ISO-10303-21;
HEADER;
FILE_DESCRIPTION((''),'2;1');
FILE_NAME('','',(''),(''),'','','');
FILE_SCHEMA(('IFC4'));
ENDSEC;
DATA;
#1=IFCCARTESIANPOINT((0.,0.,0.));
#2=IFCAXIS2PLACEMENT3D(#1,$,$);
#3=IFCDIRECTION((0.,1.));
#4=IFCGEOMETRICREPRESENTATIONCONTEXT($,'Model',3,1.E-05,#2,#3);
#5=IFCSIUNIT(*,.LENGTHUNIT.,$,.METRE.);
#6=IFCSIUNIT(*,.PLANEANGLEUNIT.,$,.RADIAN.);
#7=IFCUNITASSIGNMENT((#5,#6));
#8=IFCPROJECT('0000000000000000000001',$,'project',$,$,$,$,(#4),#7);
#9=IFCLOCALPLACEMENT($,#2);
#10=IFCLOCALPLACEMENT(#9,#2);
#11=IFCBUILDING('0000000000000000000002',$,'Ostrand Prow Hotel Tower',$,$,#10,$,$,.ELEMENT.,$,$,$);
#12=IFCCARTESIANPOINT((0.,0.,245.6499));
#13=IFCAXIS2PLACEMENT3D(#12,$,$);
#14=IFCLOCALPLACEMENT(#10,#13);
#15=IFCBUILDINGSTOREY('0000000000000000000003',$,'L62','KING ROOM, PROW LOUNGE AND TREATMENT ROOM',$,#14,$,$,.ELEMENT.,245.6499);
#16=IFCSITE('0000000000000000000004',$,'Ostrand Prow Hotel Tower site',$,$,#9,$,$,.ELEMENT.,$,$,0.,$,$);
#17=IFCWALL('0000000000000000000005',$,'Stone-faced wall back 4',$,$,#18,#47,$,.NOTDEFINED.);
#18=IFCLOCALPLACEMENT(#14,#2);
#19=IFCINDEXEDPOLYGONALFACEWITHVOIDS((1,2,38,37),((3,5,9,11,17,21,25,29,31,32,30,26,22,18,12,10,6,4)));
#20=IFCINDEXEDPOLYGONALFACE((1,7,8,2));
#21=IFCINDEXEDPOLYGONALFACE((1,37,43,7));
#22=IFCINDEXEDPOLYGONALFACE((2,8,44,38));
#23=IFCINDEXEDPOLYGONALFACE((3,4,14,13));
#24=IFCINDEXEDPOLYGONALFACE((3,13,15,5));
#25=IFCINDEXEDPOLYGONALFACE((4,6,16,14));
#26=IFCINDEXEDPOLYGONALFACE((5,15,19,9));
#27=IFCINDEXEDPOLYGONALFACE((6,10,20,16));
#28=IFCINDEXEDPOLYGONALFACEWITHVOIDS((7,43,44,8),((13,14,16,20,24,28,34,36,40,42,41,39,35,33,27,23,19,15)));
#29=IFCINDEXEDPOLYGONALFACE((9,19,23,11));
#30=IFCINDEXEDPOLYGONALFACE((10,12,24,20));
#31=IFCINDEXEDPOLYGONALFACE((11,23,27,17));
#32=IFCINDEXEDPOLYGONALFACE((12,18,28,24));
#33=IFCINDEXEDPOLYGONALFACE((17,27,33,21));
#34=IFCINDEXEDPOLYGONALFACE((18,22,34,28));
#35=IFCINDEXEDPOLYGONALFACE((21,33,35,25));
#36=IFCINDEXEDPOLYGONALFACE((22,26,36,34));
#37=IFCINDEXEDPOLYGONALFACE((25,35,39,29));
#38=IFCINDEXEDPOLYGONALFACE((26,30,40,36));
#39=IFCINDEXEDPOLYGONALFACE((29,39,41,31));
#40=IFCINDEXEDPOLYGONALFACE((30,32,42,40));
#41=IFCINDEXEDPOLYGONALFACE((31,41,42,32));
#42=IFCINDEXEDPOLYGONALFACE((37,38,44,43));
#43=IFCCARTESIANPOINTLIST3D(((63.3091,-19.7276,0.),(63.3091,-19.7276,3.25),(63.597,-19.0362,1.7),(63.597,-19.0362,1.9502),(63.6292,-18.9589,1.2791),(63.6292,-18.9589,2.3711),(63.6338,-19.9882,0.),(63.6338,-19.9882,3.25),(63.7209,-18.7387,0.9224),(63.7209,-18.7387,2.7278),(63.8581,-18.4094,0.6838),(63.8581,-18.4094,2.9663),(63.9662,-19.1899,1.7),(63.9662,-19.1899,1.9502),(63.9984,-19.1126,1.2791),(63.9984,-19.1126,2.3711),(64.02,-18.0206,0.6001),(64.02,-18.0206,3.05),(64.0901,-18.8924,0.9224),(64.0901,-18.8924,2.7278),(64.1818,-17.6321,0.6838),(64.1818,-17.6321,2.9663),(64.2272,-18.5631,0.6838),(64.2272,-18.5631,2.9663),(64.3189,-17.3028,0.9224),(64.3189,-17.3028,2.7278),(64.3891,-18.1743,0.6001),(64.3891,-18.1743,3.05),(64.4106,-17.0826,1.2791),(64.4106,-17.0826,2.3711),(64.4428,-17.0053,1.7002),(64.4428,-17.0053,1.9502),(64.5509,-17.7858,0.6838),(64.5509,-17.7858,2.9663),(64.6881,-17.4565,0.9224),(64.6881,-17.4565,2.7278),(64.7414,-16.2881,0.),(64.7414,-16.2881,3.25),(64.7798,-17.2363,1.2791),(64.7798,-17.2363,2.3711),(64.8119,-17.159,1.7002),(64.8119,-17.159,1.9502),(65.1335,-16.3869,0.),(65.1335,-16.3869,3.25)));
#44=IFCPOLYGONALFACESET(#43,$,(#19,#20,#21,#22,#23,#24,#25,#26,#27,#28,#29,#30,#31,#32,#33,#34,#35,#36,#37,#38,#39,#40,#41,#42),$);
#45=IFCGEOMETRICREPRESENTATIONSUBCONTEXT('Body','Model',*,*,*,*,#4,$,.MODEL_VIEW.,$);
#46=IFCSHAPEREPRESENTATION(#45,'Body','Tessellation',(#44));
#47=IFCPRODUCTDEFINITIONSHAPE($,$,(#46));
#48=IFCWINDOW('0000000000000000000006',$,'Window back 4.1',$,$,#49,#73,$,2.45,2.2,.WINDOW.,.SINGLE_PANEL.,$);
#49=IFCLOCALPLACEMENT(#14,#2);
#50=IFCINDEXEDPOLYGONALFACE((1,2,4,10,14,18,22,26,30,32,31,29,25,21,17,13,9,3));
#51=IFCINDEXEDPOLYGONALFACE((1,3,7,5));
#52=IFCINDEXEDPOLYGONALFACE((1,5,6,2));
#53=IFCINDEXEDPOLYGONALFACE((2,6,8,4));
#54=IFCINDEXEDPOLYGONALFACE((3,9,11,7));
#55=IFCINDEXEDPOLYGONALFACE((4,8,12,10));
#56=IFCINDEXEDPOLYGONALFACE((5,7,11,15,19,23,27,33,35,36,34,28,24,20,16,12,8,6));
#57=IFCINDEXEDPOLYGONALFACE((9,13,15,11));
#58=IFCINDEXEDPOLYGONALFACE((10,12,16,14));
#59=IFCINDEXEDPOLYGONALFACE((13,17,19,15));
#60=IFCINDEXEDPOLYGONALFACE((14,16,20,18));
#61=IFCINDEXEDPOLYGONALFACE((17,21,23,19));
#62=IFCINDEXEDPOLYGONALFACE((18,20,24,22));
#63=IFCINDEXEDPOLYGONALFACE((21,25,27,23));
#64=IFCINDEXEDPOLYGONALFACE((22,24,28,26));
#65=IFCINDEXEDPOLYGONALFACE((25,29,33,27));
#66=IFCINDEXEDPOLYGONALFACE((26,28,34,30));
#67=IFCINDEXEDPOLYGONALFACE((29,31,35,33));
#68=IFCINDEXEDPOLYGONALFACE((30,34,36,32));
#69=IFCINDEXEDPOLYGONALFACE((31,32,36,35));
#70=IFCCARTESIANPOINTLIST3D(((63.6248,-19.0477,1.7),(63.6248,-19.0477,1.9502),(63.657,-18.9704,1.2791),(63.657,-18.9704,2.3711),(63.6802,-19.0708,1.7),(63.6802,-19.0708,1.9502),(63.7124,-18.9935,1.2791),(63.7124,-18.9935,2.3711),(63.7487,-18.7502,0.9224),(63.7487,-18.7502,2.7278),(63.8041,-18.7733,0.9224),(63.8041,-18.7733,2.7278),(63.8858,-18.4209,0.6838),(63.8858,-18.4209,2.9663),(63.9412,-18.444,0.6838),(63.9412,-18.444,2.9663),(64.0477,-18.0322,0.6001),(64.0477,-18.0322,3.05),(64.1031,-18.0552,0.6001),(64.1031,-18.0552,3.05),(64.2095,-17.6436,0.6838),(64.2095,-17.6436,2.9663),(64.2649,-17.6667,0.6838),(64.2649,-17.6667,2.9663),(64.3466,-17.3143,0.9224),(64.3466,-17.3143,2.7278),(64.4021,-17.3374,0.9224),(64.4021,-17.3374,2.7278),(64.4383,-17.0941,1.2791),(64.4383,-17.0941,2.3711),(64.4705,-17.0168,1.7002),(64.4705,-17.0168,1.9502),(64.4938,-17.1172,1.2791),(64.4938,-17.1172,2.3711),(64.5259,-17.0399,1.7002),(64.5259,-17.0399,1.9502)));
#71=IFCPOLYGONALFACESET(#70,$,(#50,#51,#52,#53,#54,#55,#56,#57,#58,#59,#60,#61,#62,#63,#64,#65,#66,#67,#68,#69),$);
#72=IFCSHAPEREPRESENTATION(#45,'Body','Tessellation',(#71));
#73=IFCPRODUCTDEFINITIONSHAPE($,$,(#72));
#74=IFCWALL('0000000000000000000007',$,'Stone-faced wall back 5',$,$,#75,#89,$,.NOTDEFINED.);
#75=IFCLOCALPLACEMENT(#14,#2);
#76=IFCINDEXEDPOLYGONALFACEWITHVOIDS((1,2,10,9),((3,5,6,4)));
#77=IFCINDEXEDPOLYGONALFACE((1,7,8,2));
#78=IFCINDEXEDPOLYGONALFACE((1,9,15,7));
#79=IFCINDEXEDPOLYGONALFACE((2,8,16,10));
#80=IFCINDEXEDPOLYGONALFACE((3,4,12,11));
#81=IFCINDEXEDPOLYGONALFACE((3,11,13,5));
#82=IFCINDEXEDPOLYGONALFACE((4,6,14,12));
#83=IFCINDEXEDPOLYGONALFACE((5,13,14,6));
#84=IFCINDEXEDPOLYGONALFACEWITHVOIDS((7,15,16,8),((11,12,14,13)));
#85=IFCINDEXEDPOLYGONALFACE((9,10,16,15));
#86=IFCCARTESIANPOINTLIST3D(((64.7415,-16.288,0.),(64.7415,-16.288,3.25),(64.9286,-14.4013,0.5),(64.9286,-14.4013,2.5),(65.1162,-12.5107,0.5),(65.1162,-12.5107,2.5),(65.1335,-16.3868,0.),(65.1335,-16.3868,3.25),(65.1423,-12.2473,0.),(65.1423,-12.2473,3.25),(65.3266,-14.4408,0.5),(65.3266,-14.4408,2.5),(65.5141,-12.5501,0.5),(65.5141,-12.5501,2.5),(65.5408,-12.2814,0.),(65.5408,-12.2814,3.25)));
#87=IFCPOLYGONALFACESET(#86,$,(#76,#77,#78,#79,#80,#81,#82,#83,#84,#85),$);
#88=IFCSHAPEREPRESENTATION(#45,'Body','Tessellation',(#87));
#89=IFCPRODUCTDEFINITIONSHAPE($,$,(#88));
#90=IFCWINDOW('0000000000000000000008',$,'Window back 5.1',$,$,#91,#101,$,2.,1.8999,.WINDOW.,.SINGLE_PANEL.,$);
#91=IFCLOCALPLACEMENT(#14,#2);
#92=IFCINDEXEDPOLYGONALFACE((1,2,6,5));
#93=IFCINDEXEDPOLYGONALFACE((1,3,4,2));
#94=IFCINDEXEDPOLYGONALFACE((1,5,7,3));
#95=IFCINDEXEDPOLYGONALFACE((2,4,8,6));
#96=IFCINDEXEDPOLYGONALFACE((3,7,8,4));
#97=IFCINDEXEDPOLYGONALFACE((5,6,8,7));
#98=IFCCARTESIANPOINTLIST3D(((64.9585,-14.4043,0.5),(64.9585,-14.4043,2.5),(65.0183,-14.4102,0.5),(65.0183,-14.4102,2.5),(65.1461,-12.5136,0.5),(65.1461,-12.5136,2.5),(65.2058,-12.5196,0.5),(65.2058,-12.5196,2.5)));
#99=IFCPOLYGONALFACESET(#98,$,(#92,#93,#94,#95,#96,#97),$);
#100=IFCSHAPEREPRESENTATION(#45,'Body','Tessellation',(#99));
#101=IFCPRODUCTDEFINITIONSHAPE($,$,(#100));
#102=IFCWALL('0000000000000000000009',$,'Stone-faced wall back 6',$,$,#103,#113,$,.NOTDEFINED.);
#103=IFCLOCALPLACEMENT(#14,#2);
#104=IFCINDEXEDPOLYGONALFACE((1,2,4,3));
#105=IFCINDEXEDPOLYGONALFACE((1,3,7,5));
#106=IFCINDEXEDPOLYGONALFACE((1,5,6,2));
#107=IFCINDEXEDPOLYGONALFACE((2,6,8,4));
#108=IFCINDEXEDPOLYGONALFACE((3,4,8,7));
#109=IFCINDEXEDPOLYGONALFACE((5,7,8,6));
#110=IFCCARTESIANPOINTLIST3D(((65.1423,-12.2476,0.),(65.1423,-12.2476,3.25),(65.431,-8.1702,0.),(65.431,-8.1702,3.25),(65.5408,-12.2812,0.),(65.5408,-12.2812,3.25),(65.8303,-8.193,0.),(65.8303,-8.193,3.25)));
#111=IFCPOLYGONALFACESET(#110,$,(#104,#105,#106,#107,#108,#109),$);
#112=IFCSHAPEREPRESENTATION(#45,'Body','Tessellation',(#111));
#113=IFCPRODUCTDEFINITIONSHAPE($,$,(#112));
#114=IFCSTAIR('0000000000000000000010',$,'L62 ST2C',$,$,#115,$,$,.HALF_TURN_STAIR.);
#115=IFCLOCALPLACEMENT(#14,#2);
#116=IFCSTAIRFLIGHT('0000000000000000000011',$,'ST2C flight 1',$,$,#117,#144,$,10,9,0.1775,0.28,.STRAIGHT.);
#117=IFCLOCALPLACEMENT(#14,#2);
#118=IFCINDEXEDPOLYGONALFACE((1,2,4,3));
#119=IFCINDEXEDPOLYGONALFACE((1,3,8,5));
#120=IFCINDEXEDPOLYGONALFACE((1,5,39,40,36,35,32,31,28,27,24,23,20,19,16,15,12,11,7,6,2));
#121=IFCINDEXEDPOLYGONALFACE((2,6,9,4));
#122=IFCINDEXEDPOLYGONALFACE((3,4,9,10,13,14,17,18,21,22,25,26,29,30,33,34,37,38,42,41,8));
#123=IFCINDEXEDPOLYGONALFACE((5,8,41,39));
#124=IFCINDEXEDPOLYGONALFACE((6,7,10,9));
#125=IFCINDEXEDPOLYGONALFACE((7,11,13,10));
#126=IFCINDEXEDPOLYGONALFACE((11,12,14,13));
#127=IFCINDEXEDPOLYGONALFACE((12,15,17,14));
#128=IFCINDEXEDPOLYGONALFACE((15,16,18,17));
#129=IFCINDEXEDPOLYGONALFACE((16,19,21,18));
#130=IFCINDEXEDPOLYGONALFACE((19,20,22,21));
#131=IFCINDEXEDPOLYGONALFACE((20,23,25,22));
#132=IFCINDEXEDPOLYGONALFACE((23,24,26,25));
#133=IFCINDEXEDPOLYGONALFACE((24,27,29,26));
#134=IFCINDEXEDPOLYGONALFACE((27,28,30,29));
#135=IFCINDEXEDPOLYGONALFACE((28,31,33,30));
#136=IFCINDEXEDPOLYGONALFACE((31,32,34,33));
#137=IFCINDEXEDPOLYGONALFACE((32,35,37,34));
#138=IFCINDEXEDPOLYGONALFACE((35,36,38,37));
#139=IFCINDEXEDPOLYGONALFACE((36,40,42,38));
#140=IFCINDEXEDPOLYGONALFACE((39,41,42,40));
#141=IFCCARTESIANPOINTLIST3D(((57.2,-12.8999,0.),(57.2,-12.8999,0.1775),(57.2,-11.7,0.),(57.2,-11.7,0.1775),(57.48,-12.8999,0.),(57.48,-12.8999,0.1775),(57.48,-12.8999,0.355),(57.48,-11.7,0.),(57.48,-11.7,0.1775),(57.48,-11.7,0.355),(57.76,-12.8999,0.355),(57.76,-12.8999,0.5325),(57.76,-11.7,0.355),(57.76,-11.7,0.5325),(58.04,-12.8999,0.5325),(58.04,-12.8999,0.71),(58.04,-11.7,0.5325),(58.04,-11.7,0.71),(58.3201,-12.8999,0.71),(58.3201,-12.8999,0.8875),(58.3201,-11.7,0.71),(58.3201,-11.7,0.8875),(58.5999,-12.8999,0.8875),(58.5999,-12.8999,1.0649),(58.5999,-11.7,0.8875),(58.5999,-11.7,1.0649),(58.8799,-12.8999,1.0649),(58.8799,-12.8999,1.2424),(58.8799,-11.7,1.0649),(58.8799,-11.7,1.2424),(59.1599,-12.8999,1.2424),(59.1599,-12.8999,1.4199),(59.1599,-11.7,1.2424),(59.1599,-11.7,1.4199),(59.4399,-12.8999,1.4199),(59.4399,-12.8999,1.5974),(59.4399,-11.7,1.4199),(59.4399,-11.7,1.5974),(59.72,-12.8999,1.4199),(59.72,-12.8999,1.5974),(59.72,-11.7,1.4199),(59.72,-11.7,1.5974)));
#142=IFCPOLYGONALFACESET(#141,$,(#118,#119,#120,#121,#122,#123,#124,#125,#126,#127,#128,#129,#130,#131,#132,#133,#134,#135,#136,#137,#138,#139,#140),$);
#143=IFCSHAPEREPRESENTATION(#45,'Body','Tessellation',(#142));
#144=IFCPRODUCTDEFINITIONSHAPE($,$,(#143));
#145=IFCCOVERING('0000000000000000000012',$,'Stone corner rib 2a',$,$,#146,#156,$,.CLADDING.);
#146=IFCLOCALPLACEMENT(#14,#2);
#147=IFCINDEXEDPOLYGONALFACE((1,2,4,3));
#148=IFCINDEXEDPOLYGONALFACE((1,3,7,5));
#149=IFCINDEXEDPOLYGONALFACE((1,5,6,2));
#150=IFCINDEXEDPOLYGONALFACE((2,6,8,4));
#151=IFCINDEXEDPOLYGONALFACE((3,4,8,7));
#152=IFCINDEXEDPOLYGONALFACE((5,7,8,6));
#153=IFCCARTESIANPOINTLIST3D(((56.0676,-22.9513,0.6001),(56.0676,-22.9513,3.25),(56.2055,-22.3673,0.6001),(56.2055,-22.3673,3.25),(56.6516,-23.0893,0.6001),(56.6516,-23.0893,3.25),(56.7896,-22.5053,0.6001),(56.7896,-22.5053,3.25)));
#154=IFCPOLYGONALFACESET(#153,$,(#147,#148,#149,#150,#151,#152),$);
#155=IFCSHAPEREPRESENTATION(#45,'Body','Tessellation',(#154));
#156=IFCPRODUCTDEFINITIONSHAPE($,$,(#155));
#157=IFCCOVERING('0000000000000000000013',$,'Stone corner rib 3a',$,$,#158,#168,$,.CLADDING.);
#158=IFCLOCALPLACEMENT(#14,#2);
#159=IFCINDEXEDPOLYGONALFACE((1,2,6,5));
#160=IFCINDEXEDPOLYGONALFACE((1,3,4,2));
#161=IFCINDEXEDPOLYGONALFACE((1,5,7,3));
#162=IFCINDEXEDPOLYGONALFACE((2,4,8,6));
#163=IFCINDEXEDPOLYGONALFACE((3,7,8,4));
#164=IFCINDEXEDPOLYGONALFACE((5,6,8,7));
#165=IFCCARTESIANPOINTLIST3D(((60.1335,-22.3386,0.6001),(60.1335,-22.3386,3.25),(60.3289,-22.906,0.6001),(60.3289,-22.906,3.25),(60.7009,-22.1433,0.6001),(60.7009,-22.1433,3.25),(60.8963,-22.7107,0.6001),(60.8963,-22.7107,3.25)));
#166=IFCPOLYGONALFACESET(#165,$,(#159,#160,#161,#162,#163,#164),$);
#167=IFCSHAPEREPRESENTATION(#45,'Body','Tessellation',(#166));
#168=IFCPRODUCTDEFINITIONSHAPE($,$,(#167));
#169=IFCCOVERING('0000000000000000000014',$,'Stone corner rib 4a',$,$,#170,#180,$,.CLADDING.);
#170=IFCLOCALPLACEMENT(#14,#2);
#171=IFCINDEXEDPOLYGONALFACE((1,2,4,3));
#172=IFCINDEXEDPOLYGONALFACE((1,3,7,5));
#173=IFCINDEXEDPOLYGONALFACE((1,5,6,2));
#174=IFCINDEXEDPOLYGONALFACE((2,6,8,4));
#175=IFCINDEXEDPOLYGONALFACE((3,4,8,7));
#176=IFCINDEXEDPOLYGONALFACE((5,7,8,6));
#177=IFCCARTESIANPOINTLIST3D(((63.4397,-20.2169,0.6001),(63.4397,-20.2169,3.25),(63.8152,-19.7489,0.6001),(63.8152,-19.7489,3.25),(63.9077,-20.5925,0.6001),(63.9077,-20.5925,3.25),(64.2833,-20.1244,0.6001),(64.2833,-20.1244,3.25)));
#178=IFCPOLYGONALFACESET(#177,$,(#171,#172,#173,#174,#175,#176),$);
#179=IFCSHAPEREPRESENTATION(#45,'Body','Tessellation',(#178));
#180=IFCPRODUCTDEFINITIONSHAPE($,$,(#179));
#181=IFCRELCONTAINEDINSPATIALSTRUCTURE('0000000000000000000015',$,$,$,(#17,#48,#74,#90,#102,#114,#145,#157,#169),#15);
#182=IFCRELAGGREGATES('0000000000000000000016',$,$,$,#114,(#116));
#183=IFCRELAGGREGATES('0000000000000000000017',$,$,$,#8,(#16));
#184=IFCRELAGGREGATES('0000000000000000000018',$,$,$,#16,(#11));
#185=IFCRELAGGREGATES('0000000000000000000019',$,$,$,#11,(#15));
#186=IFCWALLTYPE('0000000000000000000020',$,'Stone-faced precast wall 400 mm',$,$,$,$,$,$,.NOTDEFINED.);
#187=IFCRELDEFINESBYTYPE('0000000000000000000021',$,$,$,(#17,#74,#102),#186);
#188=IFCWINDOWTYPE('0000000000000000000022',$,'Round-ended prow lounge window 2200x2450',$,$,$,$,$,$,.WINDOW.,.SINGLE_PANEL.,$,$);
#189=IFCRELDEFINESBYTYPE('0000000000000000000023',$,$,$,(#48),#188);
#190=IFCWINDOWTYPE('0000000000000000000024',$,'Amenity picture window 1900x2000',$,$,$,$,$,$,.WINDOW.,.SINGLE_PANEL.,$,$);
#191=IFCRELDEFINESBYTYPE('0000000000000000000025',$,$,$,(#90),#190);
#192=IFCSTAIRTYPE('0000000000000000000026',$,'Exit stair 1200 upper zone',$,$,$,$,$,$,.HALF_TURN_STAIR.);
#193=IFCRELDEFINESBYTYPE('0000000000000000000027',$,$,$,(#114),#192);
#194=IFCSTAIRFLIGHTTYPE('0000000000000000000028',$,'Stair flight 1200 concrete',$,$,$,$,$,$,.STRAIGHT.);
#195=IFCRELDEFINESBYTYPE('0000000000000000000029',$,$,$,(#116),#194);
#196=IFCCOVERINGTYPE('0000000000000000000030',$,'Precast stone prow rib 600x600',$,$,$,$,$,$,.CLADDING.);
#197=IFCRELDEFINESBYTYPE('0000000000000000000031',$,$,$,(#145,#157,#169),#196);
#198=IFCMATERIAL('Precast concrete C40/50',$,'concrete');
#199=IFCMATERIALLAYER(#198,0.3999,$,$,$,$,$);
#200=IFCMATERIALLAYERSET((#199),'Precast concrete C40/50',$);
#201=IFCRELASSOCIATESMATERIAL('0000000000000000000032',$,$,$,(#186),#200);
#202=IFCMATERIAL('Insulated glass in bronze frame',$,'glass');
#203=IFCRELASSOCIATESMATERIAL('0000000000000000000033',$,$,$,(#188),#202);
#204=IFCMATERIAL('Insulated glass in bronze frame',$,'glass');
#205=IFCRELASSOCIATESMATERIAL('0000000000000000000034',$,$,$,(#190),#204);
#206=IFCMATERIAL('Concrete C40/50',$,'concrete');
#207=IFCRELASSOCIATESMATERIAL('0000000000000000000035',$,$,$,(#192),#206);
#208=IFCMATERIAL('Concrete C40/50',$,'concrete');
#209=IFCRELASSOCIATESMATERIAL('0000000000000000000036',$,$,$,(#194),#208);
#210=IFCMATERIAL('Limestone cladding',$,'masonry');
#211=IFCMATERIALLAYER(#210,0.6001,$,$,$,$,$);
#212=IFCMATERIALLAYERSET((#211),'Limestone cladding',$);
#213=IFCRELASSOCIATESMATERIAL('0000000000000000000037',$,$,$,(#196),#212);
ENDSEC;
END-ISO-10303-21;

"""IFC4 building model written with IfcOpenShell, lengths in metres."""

from ifc_helpers import new_model, si_unit, direction, frame, frame_2d, origin, place, context, subcontext, project, spatial, polyline, rectangle, outline, extrude, material, layer, layer_set, type_object, element, fill, aggregate, save


model = new_model("IFC4")

# Units and contexts
model_context = context("Model", 3, precision=1e-05, world=origin(), true_north=direction((0.0, 1.0)))
body_context = subcontext(model_context, "Body", "Model", "MODEL_VIEW")
ifc_project = project(units=[si_unit("LENGTHUNIT", "METRE"), si_unit("PLANEANGLEUNIT", "RADIAN")], contexts=[model_context])

# Site, building, storey
site_placement = place(None, origin())
site = spatial("IfcSite", under=ifc_project, at=site_placement, Name="Ostrand Prow Hotel Tower site", CompositionType="ELEMENT", RefElevation=0.0)
building_placement = place(site_placement, origin())
building = spatial("IfcBuilding", under=site, at=building_placement, Name="Ostrand Prow Hotel Tower", CompositionType="ELEMENT")
storey_placement = place(building_placement, frame((0.0, 0.0, 245.6499)))
storey = spatial("IfcBuildingStorey", under=building, at=storey_placement, Name="L62", Description="KING ROOM, PROW LOUNGE AND TREATMENT ROOM", CompositionType="ELEMENT", Elevation=245.6499)

# Walls, openings, windows
ifc_material_1 = material(Name="Precast concrete C40/50", Category="concrete")
ifc_layer_1 = layer(ifc_material_1, 0.3999)
ifc_layer_set_1 = layer_set([ifc_layer_1], Name="Precast concrete C40/50")
wall_type_1 = type_object("IfcWallType", Name="Stone-faced precast wall 400 mm", PredefinedType="NOTDEFINED", material=ifc_layer_set_1)
ifc_material_2 = material(Name="Insulated glass in bronze frame", Category="glass")
window_type_1 = type_object("IfcWindowType", Name="Round-ended prow lounge window 2200x2450", PartitioningType="SINGLE_PANEL", PredefinedType="WINDOW", material=ifc_material_2)
wall_1_placement = place(storey_placement, frame((63.4714, -19.8579, 0.0), z_axis=(0.0, 0.0, 1.0), x_axis=(0.384434, 0.923153, 0.0)))
wall_1 = element("IfcWall", 1, at=wall_1_placement, inside=storey, type_object=wall_type_1, Name="Stone-faced wall back 4", PredefinedType="NOTDEFINED", context=body_context, shape_type="SweptSolid", body=[
    extrude(outline(polyline([(-0.0579, -0.2), (3.8433, -0.2), (3.7837, 0.2), (0.0579, 0.2), (-0.0579, -0.2)])), origin(), (0.0, 0.0, 1.0), 3.25),
])
opening_1_placement = place(wall_1_placement, frame((0.8069, 0.0, 0.6001)))
opening_1 = element("IfcOpeningElement", 2, at=opening_1_placement, cuts=wall_1, PredefinedType="OPENING", context=body_context, shape_type="SweptSolid", body=[
    extrude(outline(polyline([(0.0, 1.3501), (0.0837, 1.771), (0.3223, 2.1277), (0.679, 2.3662), (1.1001, 2.45), (1.521, 2.3662), (1.8777, 2.1277), (2.1162, 1.771), (2.2, 1.3501), (2.2, 1.1001), (2.1162, 0.679), (1.8777, 0.3223), (1.521, 0.0837), (1.1001, 0.0), (0.679, 0.0837), (0.3223, 0.3223), (0.0837, 0.679), (0.0, 1.0999), (0.0, 1.3501)])), frame((0.0, 0.21, 0.0), z_axis=(0.0, -1.0, 0.0), x_axis=(1.0, 0.0, 0.0)), (0.0, 0.0, 1.0), 0.4199),
])
window_1_placement = place(opening_1_placement, origin())
window_1 = element("IfcWindow", 3, at=window_1_placement, inside=storey, type_object=window_type_1, Name="Window back 4.1", OverallHeight=2.45, OverallWidth=2.2, PartitioningType="SINGLE_PANEL", PredefinedType="WINDOW", context=body_context, shape_type="SweptSolid", body=[
    extrude(outline(polyline([(0.0, 1.3501), (0.0837, 1.771), (0.3223, 2.1277), (0.679, 2.3662), (1.1001, 2.45), (1.521, 2.3662), (1.8777, 2.1277), (2.1162, 1.771), (2.2, 1.3501), (2.2, 1.1001), (2.1162, 0.679), (1.8777, 0.3223), (1.521, 0.0837), (1.1001, 0.0), (0.679, 0.0837), (0.3223, 0.3223), (0.0837, 0.679), (0.0, 1.0999), (0.0, 1.3501)])), frame((0.0, 0.1699, 0.0), z_axis=(0.0, -1.0, 0.0), x_axis=(1.0, 0.0, 0.0)), (0.0, 0.0, 1.0), 0.0601),
])
fill(opening_1, window_1)
wall_2_placement = place(storey_placement, frame((64.9375, -16.3374, 0.0), z_axis=(0.0, 0.0, 1.0), x_axis=(0.098718, 0.995115, 0.0)))
wall_2 = element("IfcWall", 4, at=wall_2_placement, inside=storey, type_object=wall_type_1, Name="Stone-faced wall back 5", PredefinedType="NOTDEFINED", context=body_context, shape_type="SweptSolid", body=[
    extrude(outline(polyline([(-0.0298, -0.2), (4.0957, -0.2), (4.0903, 0.2), (0.0298, 0.2), (-0.0298, -0.2)])), origin(), (0.0, 0.0, 1.0), 3.25),
])
opening_2_placement = place(wall_2_placement, frame((1.9258, 0.0, 0.5)))
opening_2 = element("IfcOpeningElement", 5, at=opening_2_placement, cuts=wall_2, PredefinedType="OPENING", context=body_context, shape_type="SweptSolid", body=[
    extrude(rectangle(XDim=1.8999, YDim=2.0, at=frame_2d((0.95, 1.0))), frame((0.0, 0.21, 0.0), z_axis=(0.0, -1.0, 0.0), x_axis=(1.0, 0.0, 0.0)), (0.0, 0.0, 1.0), 0.4199),
])
ifc_material_3 = material(Name="Insulated glass in bronze frame", Category="glass")
window_type_2 = type_object("IfcWindowType", Name="Amenity picture window 1900x2000", PartitioningType="SINGLE_PANEL", PredefinedType="WINDOW", material=ifc_material_3)
window_2_placement = place(opening_2_placement, origin())
window_2 = element("IfcWindow", 6, at=window_2_placement, inside=storey, type_object=window_type_2, Name="Window back 5.1", OverallHeight=2.0, OverallWidth=1.8999, PartitioningType="SINGLE_PANEL", PredefinedType="WINDOW", context=body_context, shape_type="SweptSolid", body=[
    extrude(rectangle(XDim=1.8999, YDim=2.0, at=frame_2d((0.95, 1.0))), frame((0.0, 0.1699, 0.0), z_axis=(0.0, -1.0, 0.0), x_axis=(1.0, 0.0, 0.0)), (0.0, 0.0, 1.0), 0.0601),
])
fill(opening_2, window_2)

# Wall
wall_3_placement = place(storey_placement, frame((65.3416, -12.2644, 0.0), z_axis=(0.0, 0.0, 1.0), x_axis=(0.070624, 0.997503, 0.0)))
element("IfcWall", 7, at=wall_3_placement, inside=storey, type_object=wall_type_1, Name="Stone-faced wall back 6", PredefinedType="NOTDEFINED", context=body_context, shape_type="SweptSolid", body=[
    extrude(outline(polyline([(-0.0027, -0.2), (4.0957, -0.2), (4.0903, 0.2), (0.0027, 0.2), (-0.0027, -0.2)])), origin(), (0.0, 0.0, 1.0), 3.25),
])

# Stair, stair flight
ifc_material_4 = material(Name="Concrete C40/50", Category="concrete")
stair_type = type_object("IfcStairType", Name="Exit stair 1200 upper zone", PredefinedType="HALF_TURN_STAIR", material=ifc_material_4)
stair_placement = place(storey_placement, origin())
stair = element("IfcStair", 8, at=stair_placement, inside=storey, type_object=stair_type, Name="L62 ST2C", PredefinedType="HALF_TURN_STAIR")
ifc_material_5 = material(Name="Concrete C40/50", Category="concrete")
stair_flight_type = type_object("IfcStairFlightType", Name="Stair flight 1200 concrete", PredefinedType="STRAIGHT", material=ifc_material_5)
stair_flight_placement = place(storey_placement, frame((57.2, -12.3, 0.0), z_axis=(0.0, 0.0, 1.0), x_axis=(1.0, 0.0, 0.0)))
stair_flight = element("IfcStairFlight", 9, at=stair_flight_placement, type_object=stair_flight_type, Name="ST2C flight 1", NumberOfRisers=10, NumberOfTreads=9, PredefinedType="STRAIGHT", RiserHeight=0.1775, TreadLength=0.28, context=body_context, shape_type="SweptSolid", body=[
    extrude(outline(polyline([(0.0, 0.0), (0.0, 0.1775), (0.28, 0.1775), (0.28, 0.355), (0.5601, 0.355), (0.5601, 0.5325), (0.8401, 0.5325), (0.8401, 0.71), (1.1201, 0.71), (1.1201, 0.8875), (1.3999, 0.8875), (1.3999, 1.0649), (1.6799, 1.0649), (1.6799, 1.2424), (1.96, 1.2424), (1.96, 1.4199), (2.24, 1.4199), (2.24, 1.5974), (2.52, 1.5974), (2.52, 1.7749), (2.52, 1.4199), (0.28, 0.0), (0.0, 0.0)])), frame((0.0, 0.6001, 0.0), z_axis=(0.0, -1.0, 0.0), x_axis=(1.0, 0.0, 0.0)), (0.0, 0.0, 1.0), 1.2),
])
aggregate(stair, [stair_flight])

# Coverings
ifc_material_6 = material(Name="Limestone cladding", Category="masonry")
ifc_layer_2 = layer(ifc_material_6, 0.6001)
ifc_layer_set_2 = layer_set([ifc_layer_2], Name="Limestone cladding")
covering_type = type_object("IfcCoveringType", Name="Precast stone prow rib 600x600", PredefinedType="CLADDING", material=ifc_layer_set_2)
for number, where, z_axis, x_axis, name in (
    (10, (56.4976, -22.4363, 0.6001), (0.0, 0.0, 1.0), (-0.229878, -0.973219, 0.0), "Stone corner rib 2a"),
    (11, (60.4172, -22.241, 0.6001), (0.0, 0.0, 1.0), (0.325489, -0.945546, 0.0), "Stone corner rib 3a"),
    (12, (63.6274, -19.9829, 0.6001), (0.0, 0.0, 1.0), (0.779995, -0.625786, 0.0), "Stone corner rib 4a"),
):
    element("IfcCovering", number, at=place(storey_placement, frame(where, z_axis=z_axis, x_axis=x_axis)), inside=storey, type_object=covering_type, Name=name, PredefinedType="CLADDING", context=body_context, shape_type="SweptSolid", body=[
        extrude(rectangle(XDim=0.6001, YDim=0.6001, at=frame_2d((0.3, 0.0))), origin(), (0.0, 0.0, 1.0), 2.6499),
    ])

save(model, "model.ifc")
